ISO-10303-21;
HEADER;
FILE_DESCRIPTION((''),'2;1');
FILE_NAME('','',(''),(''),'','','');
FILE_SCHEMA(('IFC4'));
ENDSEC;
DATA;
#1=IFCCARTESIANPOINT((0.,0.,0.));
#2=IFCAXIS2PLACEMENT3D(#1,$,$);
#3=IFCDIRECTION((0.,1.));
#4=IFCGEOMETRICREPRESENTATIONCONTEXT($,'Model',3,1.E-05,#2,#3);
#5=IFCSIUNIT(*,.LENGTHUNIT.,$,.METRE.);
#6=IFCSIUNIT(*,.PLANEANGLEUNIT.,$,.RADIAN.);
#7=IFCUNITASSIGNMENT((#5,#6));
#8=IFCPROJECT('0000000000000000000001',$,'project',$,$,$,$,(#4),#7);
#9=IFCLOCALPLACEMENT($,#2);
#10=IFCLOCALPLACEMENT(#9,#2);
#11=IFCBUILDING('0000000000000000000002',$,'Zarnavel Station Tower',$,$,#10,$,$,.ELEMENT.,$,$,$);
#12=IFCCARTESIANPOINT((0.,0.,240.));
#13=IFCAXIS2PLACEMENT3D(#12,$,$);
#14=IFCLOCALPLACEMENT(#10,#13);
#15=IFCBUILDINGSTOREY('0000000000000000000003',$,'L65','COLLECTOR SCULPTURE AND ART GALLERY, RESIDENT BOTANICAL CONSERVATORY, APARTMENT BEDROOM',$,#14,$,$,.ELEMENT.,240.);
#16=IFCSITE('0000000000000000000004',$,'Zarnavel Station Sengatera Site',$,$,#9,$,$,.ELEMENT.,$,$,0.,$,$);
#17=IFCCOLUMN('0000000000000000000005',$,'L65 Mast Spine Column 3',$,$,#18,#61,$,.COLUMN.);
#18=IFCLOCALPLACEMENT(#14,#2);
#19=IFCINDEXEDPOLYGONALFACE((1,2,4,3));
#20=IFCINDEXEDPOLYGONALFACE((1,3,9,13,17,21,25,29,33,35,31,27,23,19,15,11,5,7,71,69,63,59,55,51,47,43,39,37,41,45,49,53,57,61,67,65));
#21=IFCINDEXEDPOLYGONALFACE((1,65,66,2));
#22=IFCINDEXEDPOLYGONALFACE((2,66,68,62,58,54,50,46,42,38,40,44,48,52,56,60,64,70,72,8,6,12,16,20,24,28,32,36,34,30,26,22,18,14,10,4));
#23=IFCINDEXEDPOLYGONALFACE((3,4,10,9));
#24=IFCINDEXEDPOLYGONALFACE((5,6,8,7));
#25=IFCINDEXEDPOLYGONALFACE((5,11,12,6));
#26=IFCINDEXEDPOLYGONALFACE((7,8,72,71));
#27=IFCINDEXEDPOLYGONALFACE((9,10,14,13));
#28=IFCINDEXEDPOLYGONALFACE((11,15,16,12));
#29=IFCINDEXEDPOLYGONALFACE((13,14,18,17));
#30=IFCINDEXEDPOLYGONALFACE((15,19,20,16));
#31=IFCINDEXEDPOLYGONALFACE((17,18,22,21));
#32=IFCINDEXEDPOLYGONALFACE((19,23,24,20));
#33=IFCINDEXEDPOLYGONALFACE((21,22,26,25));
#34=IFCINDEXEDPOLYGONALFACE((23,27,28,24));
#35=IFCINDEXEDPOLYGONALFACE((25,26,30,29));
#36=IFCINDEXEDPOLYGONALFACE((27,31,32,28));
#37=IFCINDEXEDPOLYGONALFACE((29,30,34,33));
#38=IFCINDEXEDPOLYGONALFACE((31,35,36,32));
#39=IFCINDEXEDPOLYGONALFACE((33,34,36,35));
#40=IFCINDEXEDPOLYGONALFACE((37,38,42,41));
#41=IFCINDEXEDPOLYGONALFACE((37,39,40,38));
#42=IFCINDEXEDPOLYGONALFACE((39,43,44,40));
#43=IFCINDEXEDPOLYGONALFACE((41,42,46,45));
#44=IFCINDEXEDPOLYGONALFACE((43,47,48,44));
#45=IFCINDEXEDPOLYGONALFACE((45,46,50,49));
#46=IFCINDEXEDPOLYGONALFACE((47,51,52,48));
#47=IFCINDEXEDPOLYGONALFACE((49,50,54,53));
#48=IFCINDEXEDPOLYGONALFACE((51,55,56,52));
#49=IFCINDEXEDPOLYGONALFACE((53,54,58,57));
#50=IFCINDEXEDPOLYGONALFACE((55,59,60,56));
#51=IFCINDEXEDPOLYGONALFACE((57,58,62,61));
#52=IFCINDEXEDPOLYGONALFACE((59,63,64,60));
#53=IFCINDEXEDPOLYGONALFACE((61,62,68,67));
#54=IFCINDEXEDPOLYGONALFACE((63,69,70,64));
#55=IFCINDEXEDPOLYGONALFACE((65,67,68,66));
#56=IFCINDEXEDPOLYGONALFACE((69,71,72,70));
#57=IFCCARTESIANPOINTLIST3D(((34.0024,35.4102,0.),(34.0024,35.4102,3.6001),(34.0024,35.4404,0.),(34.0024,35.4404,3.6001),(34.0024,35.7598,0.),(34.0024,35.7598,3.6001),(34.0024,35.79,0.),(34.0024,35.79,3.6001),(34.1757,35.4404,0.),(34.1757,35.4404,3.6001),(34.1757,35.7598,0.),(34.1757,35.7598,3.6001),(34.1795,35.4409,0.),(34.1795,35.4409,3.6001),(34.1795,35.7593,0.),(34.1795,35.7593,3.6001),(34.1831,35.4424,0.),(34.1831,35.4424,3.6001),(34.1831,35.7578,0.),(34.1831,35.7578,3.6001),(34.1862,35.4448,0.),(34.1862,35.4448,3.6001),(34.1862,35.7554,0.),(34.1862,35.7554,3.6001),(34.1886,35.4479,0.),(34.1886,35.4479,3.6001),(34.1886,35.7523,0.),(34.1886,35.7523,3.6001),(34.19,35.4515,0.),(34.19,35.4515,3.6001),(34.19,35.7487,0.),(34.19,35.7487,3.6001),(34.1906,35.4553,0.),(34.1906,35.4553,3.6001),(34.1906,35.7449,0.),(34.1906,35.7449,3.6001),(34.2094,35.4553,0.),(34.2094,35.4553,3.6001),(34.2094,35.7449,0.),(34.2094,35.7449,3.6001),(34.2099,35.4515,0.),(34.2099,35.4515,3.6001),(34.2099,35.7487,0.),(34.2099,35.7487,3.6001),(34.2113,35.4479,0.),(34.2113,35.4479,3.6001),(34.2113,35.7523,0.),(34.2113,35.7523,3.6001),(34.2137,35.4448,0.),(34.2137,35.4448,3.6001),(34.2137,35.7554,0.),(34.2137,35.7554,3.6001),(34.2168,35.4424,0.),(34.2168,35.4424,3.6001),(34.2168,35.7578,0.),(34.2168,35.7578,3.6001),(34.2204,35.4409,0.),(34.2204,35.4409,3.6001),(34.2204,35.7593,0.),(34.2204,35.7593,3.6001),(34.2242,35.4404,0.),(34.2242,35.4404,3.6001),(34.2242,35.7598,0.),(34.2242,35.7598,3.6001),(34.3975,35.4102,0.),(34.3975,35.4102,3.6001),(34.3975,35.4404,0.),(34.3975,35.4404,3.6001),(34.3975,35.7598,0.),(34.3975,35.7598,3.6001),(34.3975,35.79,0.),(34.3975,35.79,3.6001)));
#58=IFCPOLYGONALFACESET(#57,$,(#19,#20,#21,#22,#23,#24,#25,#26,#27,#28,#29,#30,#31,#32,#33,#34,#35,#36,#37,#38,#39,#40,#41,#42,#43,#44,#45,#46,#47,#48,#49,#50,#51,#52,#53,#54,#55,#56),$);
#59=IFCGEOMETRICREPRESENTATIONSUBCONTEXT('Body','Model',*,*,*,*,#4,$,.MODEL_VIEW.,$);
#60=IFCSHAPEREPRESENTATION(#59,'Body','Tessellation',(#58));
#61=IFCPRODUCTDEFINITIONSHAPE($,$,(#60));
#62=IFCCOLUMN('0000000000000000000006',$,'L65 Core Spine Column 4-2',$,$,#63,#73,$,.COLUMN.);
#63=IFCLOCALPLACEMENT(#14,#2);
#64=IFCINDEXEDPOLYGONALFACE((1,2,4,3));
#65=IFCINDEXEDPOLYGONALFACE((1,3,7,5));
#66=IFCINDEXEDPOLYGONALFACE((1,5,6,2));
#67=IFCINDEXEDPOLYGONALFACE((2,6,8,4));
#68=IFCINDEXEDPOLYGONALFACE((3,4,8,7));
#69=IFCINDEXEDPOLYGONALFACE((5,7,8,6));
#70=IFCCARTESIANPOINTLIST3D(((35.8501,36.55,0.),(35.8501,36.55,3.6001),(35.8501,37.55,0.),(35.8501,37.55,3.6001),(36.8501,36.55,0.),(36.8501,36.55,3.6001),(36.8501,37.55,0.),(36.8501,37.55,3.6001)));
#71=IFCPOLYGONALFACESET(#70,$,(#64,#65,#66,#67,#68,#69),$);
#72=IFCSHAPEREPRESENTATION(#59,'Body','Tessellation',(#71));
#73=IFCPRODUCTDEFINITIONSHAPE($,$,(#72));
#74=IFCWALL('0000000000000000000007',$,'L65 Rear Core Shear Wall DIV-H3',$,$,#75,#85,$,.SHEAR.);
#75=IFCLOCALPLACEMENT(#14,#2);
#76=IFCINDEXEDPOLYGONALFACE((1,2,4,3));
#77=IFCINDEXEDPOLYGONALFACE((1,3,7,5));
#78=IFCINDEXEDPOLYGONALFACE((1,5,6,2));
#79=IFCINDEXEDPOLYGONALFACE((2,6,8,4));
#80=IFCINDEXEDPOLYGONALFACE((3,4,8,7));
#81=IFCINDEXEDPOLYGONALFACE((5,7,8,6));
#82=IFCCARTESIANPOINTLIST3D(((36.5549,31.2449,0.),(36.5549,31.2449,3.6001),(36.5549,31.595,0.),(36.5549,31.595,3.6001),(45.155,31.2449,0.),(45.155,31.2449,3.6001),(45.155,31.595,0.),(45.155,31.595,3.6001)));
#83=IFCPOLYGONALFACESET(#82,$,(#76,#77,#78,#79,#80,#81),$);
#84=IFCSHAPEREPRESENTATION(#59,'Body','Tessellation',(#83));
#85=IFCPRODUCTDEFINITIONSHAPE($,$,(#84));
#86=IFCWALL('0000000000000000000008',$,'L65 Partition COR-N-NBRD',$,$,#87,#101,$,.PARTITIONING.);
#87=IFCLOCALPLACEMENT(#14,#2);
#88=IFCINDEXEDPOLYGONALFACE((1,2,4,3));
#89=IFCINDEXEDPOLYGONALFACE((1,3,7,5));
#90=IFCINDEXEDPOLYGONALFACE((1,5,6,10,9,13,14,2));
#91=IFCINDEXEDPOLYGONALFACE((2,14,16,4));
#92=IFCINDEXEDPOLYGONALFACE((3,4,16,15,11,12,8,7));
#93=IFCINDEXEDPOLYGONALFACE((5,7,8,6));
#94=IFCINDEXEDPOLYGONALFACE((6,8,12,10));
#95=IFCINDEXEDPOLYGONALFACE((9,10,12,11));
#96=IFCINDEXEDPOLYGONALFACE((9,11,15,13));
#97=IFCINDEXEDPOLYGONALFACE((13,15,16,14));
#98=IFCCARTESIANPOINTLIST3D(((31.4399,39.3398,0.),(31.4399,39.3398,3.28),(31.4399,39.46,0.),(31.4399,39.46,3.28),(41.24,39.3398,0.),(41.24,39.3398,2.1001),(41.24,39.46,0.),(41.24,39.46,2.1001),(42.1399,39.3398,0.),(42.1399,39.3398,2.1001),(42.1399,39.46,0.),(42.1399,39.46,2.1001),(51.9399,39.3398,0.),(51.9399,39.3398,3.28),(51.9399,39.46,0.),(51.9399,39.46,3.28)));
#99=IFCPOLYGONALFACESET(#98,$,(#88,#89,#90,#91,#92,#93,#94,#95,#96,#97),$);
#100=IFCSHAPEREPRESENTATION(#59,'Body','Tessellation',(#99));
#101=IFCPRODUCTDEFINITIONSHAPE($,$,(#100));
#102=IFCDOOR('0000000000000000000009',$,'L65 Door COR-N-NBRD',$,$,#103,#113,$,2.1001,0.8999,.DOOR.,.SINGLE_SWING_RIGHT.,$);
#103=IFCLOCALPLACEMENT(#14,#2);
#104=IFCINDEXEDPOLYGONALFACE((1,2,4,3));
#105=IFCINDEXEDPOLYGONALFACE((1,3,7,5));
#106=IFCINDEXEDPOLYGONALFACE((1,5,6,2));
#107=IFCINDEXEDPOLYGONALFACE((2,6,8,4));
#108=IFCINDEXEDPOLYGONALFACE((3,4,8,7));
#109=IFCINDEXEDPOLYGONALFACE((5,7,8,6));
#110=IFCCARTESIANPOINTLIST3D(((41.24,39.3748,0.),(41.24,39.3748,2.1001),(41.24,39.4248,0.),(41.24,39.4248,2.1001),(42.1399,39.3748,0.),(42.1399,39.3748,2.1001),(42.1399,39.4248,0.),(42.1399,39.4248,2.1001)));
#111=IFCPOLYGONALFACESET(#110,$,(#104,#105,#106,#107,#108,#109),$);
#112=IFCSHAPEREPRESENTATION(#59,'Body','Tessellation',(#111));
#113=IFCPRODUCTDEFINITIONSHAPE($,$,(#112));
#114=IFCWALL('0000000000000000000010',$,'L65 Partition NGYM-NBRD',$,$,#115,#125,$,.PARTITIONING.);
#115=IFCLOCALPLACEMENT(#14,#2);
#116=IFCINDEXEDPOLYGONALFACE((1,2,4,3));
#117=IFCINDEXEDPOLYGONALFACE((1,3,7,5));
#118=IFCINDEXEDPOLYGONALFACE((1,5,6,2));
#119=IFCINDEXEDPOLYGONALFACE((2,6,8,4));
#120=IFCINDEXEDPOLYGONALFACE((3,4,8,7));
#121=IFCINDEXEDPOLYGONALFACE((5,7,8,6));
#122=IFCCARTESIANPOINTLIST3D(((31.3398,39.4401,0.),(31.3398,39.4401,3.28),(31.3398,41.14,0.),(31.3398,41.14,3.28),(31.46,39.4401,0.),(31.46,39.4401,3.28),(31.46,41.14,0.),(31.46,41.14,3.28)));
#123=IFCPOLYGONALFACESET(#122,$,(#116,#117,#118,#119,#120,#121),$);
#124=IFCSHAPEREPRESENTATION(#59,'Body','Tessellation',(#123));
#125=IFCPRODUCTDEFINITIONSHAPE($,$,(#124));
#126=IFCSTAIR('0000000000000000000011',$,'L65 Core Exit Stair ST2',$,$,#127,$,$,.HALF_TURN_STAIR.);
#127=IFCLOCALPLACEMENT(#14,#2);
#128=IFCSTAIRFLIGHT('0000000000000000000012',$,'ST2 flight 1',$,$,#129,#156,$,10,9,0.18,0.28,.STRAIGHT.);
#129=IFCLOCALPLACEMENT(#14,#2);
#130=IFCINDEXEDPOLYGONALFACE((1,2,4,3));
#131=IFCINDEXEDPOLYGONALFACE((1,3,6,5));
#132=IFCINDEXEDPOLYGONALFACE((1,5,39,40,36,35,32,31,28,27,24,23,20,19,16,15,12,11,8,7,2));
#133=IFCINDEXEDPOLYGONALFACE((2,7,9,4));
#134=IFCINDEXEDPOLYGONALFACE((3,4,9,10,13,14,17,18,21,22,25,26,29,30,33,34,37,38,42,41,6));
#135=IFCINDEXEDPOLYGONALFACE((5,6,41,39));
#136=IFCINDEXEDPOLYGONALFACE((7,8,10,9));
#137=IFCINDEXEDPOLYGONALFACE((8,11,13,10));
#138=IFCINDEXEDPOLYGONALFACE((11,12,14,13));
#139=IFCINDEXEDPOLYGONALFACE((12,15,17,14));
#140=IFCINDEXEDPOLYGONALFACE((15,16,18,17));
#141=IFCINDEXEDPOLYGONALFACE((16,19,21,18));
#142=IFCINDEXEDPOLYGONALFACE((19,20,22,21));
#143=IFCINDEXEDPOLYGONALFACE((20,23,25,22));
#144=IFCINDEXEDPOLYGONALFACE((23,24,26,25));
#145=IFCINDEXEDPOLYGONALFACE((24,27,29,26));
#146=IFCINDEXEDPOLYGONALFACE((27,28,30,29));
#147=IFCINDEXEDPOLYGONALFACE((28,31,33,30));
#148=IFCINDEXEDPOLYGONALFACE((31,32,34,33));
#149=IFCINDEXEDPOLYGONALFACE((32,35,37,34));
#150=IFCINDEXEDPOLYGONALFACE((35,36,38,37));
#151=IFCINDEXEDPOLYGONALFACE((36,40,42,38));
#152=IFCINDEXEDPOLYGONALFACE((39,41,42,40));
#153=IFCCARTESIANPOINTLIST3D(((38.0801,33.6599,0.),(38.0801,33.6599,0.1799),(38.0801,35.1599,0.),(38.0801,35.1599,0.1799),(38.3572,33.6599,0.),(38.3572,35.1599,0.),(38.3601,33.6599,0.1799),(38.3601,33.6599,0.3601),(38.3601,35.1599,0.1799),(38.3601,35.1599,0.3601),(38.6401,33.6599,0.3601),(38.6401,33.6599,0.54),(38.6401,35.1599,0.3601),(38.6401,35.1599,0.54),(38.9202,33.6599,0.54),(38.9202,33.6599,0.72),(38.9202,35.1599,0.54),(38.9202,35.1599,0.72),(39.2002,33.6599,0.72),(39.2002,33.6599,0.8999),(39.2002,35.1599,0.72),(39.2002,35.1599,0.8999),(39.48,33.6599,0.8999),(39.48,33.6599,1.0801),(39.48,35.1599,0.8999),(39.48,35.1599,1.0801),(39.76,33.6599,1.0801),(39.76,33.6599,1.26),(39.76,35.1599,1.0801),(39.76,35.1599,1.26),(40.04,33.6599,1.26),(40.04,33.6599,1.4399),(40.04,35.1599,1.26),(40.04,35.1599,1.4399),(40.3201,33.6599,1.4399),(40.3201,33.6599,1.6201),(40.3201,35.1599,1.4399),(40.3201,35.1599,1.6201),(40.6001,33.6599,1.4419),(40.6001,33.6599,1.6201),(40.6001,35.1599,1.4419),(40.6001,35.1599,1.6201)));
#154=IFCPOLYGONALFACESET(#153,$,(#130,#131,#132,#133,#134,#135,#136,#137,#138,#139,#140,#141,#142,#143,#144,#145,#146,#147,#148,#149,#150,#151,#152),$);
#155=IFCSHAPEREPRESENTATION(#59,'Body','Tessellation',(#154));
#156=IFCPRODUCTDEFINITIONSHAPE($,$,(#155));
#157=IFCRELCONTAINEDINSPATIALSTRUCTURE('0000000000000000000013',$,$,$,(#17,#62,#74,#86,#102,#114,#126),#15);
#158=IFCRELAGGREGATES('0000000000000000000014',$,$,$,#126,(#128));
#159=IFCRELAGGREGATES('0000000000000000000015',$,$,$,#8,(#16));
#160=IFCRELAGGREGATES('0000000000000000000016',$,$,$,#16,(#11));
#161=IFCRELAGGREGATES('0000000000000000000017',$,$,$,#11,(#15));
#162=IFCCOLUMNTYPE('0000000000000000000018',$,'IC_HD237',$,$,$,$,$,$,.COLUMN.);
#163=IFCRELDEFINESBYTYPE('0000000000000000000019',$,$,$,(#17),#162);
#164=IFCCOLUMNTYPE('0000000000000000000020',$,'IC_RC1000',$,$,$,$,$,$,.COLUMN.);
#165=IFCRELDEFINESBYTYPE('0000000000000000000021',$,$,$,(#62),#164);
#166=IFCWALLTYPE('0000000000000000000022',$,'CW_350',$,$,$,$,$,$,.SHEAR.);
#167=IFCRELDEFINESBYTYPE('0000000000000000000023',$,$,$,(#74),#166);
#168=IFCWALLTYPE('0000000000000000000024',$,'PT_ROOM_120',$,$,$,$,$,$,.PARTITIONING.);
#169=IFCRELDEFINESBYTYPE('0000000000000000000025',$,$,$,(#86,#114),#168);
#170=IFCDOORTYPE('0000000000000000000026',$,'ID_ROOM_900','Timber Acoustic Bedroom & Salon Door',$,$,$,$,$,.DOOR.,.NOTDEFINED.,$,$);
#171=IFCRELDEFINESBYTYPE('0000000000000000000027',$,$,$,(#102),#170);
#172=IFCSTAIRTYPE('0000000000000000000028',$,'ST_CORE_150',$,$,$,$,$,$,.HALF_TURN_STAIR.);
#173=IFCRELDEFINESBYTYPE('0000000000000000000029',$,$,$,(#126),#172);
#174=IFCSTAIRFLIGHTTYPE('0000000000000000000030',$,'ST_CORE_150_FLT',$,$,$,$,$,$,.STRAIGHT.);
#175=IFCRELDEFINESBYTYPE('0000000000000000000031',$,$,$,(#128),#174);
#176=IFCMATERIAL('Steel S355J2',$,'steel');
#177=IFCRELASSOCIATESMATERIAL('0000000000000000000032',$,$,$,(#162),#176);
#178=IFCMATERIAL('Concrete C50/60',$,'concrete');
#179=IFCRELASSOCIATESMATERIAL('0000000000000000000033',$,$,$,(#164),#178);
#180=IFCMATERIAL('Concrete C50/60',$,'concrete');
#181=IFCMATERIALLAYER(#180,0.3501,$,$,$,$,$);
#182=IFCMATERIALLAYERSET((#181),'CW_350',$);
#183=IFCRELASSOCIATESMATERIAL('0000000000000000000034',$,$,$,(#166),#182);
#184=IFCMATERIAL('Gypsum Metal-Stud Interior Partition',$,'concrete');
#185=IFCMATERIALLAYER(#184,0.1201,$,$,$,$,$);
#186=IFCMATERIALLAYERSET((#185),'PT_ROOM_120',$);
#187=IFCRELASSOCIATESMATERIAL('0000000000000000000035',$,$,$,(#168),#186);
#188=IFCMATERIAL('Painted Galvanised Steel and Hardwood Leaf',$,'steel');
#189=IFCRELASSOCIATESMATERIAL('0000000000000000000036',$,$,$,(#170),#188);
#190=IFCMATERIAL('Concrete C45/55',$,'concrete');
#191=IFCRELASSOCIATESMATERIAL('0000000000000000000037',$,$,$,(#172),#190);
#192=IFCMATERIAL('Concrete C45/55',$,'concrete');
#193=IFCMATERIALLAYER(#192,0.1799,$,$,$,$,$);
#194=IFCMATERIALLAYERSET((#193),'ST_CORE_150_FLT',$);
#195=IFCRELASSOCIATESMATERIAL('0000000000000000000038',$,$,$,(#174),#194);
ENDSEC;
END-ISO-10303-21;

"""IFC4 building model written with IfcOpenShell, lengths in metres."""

from ifc_helpers import new_model, si_unit, direction, frame, frame_2d, origin, origin_2d, place, context, subcontext, project, spatial, polyline, rectangle, i_section, outline, extrude, material, layer, layer_set, material_profile, profile_set, type_object, element, fill, aggregate, save


model = new_model("IFC4")

# Units and contexts
model_context = context("Model", 3, precision=1e-05, world=origin(), true_north=direction((0.0, 1.0)))
body_context = subcontext(model_context, "Body", "Model", "MODEL_VIEW")
ifc_project = project(units=[si_unit("LENGTHUNIT", "METRE"), si_unit("PLANEANGLEUNIT", "RADIAN")], contexts=[model_context])

# Site, building, storey
site_placement = place(None, origin())
site = spatial("IfcSite", under=ifc_project, at=site_placement, Name="Zarnavel Station Sengatera Site", CompositionType="ELEMENT", RefElevation=0.0)
building_placement = place(site_placement, origin())
building = spatial("IfcBuilding", under=site, at=building_placement, Name="Zarnavel Station Tower", CompositionType="ELEMENT")
storey_placement = place(building_placement, frame((0.0, 0.0, 240.0)))
storey = spatial("IfcBuildingStorey", under=building, at=storey_placement, Name="L65", Description="COLLECTOR SCULPTURE AND ART GALLERY, RESIDENT BOTANICAL CONSERVATORY, APARTMENT BEDROOM", CompositionType="ELEMENT", Elevation=240.0)

# Columns
ifc_material_1 = material(Name="Steel S355J2", Category="steel")
ifc_material_profile_1 = material_profile(ifc_material_1, i_section(OverallWidth=0.395, OverallDepth=0.3799, WebThickness=0.0188, FlangeThickness=0.0303, FilletRadius=0.0149, at=origin_2d()), Name="HD400x237")
ifc_profile_set_1 = profile_set([ifc_material_profile_1], Name="Steel S355J2")
column_type_1 = type_object("IfcColumnType", Name="IC_HD237", PredefinedType="COLUMN", material=ifc_profile_set_1)
column_1_placement = place(storey_placement, frame((34.2, 35.6001, 0.0), z_axis=(0.0, 0.0, 1.0), x_axis=(1.0, 0.0, 0.0)))
element("IfcColumn", 1, at=column_1_placement, inside=storey, type_object=column_type_1, Name="L65 Mast Spine Column 3", PredefinedType="COLUMN", context=body_context, shape_type="SweptSolid", body=[
    extrude(i_section(OverallWidth=0.395, OverallDepth=0.3799, WebThickness=0.0188, FlangeThickness=0.0303, FilletRadius=0.0149, at=origin_2d()), origin(), (0.0, 0.0, 1.0), 3.6001),
])
ifc_material_2 = material(Name="Concrete C50/60", Category="concrete")
ifc_material_profile_2 = material_profile(ifc_material_2, rectangle(XDim=1.0, YDim=1.0, at=origin_2d()), Name="RC1000x1000")
ifc_profile_set_2 = profile_set([ifc_material_profile_2], Name="Concrete C50/60")
column_type_2 = type_object("IfcColumnType", Name="IC_RC1000", PredefinedType="COLUMN", material=ifc_profile_set_2)
column_2_placement = place(storey_placement, frame((36.3501, 37.05, 0.0), z_axis=(0.0, 0.0, 1.0), x_axis=(1.0, 0.0, 0.0)))
element("IfcColumn", 2, at=column_2_placement, inside=storey, type_object=column_type_2, Name="L65 Core Spine Column 4-2", PredefinedType="COLUMN", context=body_context, shape_type="SweptSolid", body=[
    extrude(rectangle(XDim=1.0, YDim=1.0, at=origin_2d()), origin(), (0.0, 0.0, 1.0), 3.6001),
])

# Wall
ifc_material_3 = material(Name="Concrete C50/60", Category="concrete")
ifc_layer_1 = layer(ifc_material_3, 0.3501)
ifc_layer_set_1 = layer_set([ifc_layer_1], Name="CW_350")
wall_type_1 = type_object("IfcWallType", Name="CW_350", PredefinedType="SHEAR", material=ifc_layer_set_1)
wall_1_placement = place(storey_placement, frame((36.5549, 31.4199, 0.0), z_axis=(0.0, 0.0, 1.0), x_axis=(1.0, 0.0, 0.0)))
element("IfcWall", 3, at=wall_1_placement, inside=storey, type_object=wall_type_1, Name="L65 Rear Core Shear Wall DIV-H3", PredefinedType="SHEAR", context=body_context, shape_type="SweptSolid", body=[
    extrude(rectangle(XDim=8.6001, YDim=0.3501, at=frame_2d((4.3, 0.0))), origin(), (0.0, 0.0, 1.0), 3.6001),
])

# Wall, opening, door
ifc_material_4 = material(Name="Gypsum Metal-Stud Interior Partition", Category="concrete")
ifc_layer_2 = layer(ifc_material_4, 0.1201)
ifc_layer_set_2 = layer_set([ifc_layer_2], Name="PT_ROOM_120")
wall_type_2 = type_object("IfcWallType", Name="PT_ROOM_120", PredefinedType="PARTITIONING", material=ifc_layer_set_2)
wall_2_placement = place(storey_placement, frame((31.4399, 39.3999, 0.0), z_axis=(0.0, 0.0, 1.0), x_axis=(1.0, 0.0, 0.0)))
wall_2 = element("IfcWall", 4, at=wall_2_placement, inside=storey, type_object=wall_type_2, Name="L65 Partition COR-N-NBRD", PredefinedType="PARTITIONING", context=body_context, shape_type="SweptSolid", body=[
    extrude(rectangle(XDim=20.5, YDim=0.1201, at=frame_2d((10.25, 0.0))), origin(), (0.0, 0.0, 1.0), 3.28),
])
opening_1_placement = place(wall_2_placement, frame((9.8, 0.0, 0.0)))
opening_1 = element("IfcOpeningElement", 5, at=opening_1_placement, cuts=wall_2, PredefinedType="OPENING", context=body_context, shape_type="SweptSolid", body=[
    extrude(rectangle(XDim=0.8999, YDim=2.1001, at=frame_2d((0.45, 1.05))), frame((0.0, 0.0701, 0.0), z_axis=(0.0, -1.0, 0.0), x_axis=(1.0, 0.0, 0.0)), (0.0, 0.0, 1.0), 0.1401),
])
ifc_material_5 = material(Name="Painted Galvanised Steel and Hardwood Leaf", Category="steel")
door_type_1 = type_object("IfcDoorType", Name="ID_ROOM_900", Description="Timber Acoustic Bedroom & Salon Door", OperationType="NOTDEFINED", PredefinedType="DOOR", material=ifc_material_5)
door_1_placement = place(opening_1_placement, origin())
door_1 = element("IfcDoor", 6, at=door_1_placement, inside=storey, type_object=door_type_1, Name="L65 Door COR-N-NBRD", OperationType="SINGLE_SWING_RIGHT", OverallHeight=2.1001, OverallWidth=0.8999, PredefinedType="DOOR", context=body_context, shape_type="SweptSolid", body=[
    extrude(rectangle(XDim=0.8999, YDim=2.1001, at=frame_2d((0.45, 1.05))), frame((0.0, 0.0249, 0.0), z_axis=(0.0, -1.0, 0.0), x_axis=(1.0, 0.0, 0.0)), (0.0, 0.0, 1.0), 0.05),
])
fill(opening_1, door_1)

# Wall
wall_3_placement = place(storey_placement, frame((31.3999, 39.4399, 0.0), z_axis=(0.0, 0.0, 1.0), x_axis=(0.0, 1.0, 0.0)))
element("IfcWall", 7, at=wall_3_placement, inside=storey, type_object=wall_type_2, Name="L65 Partition NGYM-NBRD", PredefinedType="PARTITIONING", context=body_context, shape_type="SweptSolid", body=[
    extrude(rectangle(XDim=1.7, YDim=0.1201, at=frame_2d((0.8501, 0.0))), origin(), (0.0, 0.0, 1.0), 3.28),
])

# Stair, stair flight
ifc_material_6 = material(Name="Concrete C45/55", Category="concrete")
stair_type = type_object("IfcStairType", Name="ST_CORE_150", PredefinedType="HALF_TURN_STAIR", material=ifc_material_6)
stair_placement = place(storey_placement, origin())
stair = element("IfcStair", 8, at=stair_placement, inside=storey, type_object=stair_type, Name="L65 Core Exit Stair ST2", PredefinedType="HALF_TURN_STAIR")
ifc_material_7 = material(Name="Concrete C45/55", Category="concrete")
ifc_layer_3 = layer(ifc_material_7, 0.1799)
ifc_layer_set_3 = layer_set([ifc_layer_3], Name="ST_CORE_150_FLT")
stair_flight_type = type_object("IfcStairFlightType", Name="ST_CORE_150_FLT", PredefinedType="STRAIGHT", material=ifc_layer_set_3)
stair_flight_1_placement = place(storey_placement, frame((38.0801, 34.4099, 0.0), z_axis=(0.0, 0.0, 1.0), x_axis=(1.0, 0.0, 0.0)))
stair_flight_1 = element("IfcStairFlight", 9, at=stair_flight_1_placement, type_object=stair_flight_type, Name="ST2 flight 1", NumberOfRisers=10, NumberOfTreads=9, PredefinedType="STRAIGHT", RiserHeight=0.18, TreadLength=0.28, context=body_context, shape_type="SweptSolid", body=[
    extrude(outline(polyline([(0.0, 0.0), (0.0, 0.1799), (0.28, 0.1799), (0.28, 0.3601), (0.5601, 0.3601), (0.5601, 0.54), (0.8401, 0.54), (0.8401, 0.72), (1.1201, 0.72), (1.1201, 0.8999), (1.3999, 0.8999), (1.3999, 1.0801), (1.6799, 1.0801), (1.6799, 1.26), (1.96, 1.26), (1.96, 1.4399), (2.24, 1.4399), (2.24, 1.6201), (2.52, 1.6201), (2.52, 1.8), (2.52, 1.4419), (0.2771, 0.0), (0.0, 0.0)])), frame((0.0, 0.75, 0.0), z_axis=(0.0, -1.0, 0.0), x_axis=(1.0, 0.0, 0.0)), (0.0, 0.0, 1.0), 1.5),
])
aggregate(stair, [stair_flight_1])

save(model, "model.ifc")
